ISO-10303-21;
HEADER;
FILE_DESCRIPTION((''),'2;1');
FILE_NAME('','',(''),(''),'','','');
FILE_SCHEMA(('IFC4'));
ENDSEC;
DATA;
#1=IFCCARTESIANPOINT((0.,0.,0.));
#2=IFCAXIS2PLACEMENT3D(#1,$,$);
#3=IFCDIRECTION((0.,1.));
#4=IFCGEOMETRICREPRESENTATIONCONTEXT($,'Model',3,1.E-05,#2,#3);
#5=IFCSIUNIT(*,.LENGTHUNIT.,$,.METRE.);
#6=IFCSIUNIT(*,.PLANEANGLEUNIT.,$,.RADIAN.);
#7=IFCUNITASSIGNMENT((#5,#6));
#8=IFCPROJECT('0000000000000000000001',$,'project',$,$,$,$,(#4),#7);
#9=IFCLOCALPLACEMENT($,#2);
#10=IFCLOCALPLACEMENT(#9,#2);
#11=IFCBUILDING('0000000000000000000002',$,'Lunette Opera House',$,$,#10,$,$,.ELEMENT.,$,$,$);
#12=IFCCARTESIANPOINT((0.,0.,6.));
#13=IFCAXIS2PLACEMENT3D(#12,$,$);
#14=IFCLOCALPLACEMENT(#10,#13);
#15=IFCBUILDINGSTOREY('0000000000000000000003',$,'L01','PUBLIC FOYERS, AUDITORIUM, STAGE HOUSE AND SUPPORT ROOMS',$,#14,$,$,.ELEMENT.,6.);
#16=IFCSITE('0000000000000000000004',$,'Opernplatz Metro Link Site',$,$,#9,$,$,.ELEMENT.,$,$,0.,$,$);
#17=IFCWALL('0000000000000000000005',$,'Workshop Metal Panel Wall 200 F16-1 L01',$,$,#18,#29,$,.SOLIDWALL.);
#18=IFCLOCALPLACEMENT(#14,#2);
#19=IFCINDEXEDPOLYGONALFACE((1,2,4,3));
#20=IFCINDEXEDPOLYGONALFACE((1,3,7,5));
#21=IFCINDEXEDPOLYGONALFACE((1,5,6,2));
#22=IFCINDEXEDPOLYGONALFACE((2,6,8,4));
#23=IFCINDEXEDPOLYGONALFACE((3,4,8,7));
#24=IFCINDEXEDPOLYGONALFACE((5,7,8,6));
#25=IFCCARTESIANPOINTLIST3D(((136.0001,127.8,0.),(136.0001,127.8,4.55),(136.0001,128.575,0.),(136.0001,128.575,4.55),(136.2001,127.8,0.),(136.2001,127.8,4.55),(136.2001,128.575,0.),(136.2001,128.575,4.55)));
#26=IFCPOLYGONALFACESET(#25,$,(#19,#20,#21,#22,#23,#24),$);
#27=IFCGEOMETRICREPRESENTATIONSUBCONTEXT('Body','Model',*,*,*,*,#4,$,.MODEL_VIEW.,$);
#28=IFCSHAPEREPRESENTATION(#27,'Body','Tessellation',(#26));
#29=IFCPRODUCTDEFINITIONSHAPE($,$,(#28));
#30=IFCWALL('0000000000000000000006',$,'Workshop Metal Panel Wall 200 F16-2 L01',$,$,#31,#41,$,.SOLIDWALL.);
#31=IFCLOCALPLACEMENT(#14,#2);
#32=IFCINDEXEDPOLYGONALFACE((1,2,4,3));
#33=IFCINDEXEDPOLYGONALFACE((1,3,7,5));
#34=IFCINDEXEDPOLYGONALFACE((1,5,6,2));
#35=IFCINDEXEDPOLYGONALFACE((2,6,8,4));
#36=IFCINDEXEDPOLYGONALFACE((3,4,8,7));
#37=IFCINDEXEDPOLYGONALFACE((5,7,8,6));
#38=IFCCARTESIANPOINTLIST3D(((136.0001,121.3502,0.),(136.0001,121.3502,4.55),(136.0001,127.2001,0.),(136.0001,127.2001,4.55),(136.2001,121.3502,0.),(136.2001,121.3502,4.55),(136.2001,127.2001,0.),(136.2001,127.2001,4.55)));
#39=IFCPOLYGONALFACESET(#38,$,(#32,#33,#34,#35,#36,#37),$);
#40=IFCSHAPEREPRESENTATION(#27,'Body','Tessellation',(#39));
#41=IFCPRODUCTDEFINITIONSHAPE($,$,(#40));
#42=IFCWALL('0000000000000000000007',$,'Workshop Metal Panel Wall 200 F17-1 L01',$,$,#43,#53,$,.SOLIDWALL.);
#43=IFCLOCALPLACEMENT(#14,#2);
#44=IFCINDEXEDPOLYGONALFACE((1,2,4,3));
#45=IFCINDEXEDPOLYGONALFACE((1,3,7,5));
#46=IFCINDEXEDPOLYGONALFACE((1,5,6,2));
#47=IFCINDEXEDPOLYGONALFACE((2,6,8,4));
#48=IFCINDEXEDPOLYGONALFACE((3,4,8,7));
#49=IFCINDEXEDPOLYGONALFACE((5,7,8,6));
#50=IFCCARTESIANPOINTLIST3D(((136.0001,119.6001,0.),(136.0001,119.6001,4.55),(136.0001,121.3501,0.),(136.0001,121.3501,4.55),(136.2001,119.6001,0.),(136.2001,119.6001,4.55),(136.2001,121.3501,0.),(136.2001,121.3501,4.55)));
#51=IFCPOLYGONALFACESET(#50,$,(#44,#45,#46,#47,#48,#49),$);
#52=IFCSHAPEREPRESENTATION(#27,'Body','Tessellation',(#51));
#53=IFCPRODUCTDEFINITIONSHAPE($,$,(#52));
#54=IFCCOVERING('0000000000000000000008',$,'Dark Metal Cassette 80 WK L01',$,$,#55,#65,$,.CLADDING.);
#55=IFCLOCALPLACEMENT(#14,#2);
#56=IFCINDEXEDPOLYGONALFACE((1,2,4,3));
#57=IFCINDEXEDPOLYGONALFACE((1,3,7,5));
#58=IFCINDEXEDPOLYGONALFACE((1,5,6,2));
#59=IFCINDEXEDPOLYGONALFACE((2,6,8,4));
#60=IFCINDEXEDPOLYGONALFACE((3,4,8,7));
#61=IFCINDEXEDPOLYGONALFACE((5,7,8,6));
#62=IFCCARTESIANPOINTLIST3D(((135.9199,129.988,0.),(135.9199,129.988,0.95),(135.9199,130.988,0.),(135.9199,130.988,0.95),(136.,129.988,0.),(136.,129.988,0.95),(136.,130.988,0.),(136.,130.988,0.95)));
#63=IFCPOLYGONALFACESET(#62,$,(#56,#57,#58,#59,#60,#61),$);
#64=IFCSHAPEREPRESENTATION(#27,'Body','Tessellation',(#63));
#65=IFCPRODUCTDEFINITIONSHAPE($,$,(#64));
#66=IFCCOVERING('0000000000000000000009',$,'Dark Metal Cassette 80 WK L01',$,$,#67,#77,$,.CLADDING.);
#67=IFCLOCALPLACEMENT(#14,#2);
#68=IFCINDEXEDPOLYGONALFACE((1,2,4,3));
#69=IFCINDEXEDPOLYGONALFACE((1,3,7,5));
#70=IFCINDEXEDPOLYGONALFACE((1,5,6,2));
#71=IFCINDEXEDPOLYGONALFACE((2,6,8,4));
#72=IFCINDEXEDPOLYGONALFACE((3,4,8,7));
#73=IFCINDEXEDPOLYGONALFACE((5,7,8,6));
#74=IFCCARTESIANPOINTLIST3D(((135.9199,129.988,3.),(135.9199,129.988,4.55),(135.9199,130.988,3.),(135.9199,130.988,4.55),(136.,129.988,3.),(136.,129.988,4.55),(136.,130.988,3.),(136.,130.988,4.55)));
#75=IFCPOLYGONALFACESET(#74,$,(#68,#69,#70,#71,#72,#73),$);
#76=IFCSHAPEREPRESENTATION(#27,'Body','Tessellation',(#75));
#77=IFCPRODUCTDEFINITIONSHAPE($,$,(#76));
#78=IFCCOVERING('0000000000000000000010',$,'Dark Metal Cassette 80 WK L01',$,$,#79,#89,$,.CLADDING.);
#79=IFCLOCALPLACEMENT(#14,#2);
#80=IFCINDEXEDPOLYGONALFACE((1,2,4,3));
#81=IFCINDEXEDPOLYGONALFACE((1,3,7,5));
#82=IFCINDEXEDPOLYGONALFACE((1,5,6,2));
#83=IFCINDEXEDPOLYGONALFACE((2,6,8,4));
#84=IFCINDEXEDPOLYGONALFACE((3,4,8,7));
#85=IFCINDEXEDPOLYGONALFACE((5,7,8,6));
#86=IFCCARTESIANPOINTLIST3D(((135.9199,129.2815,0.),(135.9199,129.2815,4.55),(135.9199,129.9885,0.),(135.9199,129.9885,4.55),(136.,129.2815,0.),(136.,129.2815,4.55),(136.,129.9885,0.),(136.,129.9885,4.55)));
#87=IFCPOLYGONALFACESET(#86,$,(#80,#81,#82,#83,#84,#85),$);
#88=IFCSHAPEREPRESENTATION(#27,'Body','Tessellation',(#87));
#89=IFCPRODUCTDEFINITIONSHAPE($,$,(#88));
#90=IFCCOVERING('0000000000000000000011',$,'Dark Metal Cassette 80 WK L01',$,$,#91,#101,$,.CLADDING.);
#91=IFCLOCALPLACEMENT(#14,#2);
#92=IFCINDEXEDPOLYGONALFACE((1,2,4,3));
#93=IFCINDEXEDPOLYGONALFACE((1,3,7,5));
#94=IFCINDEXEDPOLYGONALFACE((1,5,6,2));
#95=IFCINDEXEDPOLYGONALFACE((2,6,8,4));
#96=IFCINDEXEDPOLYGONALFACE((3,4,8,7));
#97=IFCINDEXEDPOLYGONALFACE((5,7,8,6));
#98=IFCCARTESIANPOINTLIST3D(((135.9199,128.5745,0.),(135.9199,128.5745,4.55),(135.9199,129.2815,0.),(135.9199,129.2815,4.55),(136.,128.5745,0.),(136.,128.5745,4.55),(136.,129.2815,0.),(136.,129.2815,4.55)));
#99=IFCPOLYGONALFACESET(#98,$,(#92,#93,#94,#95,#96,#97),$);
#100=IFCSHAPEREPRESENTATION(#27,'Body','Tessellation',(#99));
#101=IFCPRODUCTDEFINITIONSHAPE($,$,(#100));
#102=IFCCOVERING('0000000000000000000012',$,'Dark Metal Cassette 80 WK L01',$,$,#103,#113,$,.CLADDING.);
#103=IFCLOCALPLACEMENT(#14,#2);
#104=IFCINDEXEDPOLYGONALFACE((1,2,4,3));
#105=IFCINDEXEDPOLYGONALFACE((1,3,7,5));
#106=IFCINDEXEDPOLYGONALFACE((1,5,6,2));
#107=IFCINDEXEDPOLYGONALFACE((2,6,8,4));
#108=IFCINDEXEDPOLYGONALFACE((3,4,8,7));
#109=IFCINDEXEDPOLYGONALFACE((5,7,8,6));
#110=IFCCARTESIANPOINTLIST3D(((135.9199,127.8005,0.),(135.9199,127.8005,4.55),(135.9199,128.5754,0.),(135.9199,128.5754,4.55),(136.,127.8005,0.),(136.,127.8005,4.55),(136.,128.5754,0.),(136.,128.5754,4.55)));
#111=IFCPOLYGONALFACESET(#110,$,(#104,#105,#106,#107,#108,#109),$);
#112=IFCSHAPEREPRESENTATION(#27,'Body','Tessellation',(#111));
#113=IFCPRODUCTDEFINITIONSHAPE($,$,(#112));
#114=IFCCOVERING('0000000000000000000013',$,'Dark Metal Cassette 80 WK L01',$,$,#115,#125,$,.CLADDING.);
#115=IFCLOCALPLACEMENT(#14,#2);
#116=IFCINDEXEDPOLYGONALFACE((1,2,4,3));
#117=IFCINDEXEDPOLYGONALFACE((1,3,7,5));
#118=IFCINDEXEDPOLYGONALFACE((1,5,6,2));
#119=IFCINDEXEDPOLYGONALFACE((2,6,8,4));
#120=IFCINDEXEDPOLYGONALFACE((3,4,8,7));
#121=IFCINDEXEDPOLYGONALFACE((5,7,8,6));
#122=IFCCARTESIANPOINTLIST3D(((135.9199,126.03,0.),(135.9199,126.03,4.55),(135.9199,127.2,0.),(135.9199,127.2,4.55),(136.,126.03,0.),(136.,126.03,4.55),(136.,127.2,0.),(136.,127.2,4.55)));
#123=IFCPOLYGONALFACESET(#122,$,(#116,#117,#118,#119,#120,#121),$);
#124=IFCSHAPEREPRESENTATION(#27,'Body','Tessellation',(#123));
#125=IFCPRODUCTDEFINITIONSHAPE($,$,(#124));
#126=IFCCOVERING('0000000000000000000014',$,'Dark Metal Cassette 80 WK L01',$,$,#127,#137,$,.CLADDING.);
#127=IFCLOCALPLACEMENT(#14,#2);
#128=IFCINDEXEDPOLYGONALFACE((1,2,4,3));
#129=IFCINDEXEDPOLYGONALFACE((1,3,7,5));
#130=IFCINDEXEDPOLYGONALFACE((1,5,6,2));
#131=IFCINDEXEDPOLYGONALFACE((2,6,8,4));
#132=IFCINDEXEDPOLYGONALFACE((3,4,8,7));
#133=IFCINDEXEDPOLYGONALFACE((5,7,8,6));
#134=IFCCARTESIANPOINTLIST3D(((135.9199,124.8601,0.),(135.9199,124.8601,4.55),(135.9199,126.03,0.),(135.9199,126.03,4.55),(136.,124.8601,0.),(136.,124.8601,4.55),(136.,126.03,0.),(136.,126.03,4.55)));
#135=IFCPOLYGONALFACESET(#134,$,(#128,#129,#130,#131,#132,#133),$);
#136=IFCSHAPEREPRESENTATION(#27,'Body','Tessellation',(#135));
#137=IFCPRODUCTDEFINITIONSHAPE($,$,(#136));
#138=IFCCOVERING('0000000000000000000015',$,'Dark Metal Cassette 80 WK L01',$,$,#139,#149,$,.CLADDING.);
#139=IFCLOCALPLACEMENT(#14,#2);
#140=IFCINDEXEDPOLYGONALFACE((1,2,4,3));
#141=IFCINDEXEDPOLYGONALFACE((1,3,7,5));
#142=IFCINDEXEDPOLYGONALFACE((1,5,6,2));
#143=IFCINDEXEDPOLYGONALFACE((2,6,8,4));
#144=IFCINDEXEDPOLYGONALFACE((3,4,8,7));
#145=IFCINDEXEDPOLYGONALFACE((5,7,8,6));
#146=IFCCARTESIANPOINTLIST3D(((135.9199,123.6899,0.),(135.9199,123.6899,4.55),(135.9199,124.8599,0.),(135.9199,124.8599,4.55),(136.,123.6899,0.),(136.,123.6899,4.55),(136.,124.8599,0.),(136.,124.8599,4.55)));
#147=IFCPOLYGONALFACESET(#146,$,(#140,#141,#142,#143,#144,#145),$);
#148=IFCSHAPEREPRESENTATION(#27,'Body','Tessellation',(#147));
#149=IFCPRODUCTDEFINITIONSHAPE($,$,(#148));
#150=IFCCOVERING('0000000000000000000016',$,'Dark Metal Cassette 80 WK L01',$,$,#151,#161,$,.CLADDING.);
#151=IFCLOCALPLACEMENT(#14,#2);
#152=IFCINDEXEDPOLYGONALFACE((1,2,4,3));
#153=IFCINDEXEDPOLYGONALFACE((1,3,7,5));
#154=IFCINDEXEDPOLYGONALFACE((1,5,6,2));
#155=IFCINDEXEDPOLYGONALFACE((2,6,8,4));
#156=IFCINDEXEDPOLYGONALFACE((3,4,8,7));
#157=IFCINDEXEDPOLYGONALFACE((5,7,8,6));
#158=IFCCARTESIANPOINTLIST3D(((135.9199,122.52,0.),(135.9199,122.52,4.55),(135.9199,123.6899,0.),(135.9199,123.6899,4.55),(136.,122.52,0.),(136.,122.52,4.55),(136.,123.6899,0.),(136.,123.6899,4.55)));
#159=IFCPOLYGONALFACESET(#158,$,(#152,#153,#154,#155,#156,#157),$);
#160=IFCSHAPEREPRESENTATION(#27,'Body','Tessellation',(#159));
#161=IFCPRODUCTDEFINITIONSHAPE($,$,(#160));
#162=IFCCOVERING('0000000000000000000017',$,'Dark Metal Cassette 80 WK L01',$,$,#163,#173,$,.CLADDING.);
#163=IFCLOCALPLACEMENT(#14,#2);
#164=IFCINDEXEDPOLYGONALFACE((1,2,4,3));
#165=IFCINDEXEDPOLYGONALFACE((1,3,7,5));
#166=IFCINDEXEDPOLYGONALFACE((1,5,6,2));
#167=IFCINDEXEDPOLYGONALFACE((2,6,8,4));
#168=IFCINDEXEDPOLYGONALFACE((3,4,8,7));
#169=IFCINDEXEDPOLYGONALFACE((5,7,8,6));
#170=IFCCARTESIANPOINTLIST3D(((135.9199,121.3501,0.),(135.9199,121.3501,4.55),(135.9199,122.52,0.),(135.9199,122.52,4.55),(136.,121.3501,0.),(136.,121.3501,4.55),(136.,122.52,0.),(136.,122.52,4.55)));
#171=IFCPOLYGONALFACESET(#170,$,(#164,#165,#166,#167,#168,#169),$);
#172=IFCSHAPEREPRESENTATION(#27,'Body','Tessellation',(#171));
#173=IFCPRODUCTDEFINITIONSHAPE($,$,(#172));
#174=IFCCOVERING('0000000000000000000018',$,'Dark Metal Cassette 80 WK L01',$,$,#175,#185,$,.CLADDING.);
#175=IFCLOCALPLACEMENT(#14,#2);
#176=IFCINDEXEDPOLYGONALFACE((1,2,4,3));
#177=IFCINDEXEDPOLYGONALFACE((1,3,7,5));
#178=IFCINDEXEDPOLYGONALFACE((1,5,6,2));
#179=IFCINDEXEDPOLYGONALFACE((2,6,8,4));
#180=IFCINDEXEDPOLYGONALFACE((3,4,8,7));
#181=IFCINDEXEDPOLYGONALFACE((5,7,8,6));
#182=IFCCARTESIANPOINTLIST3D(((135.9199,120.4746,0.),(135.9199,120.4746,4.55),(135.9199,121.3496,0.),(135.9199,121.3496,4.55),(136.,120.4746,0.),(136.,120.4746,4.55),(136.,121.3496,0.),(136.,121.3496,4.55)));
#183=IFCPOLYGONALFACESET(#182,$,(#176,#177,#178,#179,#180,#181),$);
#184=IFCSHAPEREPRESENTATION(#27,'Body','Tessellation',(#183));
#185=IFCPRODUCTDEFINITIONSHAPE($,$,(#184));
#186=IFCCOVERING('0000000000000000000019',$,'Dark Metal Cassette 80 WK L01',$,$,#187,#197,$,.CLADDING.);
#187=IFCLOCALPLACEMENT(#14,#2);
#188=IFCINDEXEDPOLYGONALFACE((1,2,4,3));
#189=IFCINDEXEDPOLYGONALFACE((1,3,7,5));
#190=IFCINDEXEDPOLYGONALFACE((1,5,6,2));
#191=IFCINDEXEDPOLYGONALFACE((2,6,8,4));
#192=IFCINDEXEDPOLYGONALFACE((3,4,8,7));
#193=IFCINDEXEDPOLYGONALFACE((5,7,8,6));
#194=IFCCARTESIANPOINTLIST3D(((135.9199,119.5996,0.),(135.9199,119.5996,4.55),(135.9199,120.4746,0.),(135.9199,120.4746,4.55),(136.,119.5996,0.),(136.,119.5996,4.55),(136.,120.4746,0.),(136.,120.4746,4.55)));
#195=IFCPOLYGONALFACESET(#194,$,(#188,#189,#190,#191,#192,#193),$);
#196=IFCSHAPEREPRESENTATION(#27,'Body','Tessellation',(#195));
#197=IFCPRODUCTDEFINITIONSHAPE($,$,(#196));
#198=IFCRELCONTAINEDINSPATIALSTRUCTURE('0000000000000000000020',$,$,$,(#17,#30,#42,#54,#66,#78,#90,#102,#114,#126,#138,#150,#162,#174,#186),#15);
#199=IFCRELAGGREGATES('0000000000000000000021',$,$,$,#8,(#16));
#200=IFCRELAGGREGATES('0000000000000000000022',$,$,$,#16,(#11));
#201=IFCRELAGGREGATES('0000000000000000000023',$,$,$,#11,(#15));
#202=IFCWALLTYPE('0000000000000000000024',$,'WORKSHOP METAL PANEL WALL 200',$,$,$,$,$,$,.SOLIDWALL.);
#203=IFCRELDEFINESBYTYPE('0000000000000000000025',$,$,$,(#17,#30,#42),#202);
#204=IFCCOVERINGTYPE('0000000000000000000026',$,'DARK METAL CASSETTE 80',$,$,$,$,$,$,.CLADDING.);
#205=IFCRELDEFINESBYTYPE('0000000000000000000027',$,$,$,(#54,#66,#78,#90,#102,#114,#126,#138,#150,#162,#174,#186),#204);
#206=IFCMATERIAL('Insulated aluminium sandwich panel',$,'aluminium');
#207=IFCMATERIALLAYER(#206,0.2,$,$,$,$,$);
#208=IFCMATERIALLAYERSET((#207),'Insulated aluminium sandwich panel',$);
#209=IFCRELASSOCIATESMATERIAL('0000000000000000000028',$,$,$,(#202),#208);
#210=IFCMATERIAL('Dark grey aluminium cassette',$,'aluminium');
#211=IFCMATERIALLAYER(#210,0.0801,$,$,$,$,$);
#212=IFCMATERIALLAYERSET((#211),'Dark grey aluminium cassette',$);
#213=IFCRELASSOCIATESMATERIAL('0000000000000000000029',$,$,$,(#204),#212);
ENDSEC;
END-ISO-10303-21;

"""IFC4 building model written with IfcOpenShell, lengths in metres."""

from ifc_helpers import new_model, si_unit, direction, frame, frame_2d, origin, origin_2d, place, context, subcontext, project, spatial, rectangle, extrude, material, layer, layer_set, type_object, element, save


model = new_model("IFC4")

# Units and contexts
model_context = context("Model", 3, precision=1e-05, world=origin(), true_north=direction((0.0, 1.0)))
body_context = subcontext(model_context, "Body", "Model", "MODEL_VIEW")
ifc_project = project(units=[si_unit("LENGTHUNIT", "METRE"), si_unit("PLANEANGLEUNIT", "RADIAN")], contexts=[model_context])

# Site, building, storey
site_placement = place(None, origin())
site = spatial("IfcSite", under=ifc_project, at=site_placement, Name="Opernplatz Metro Link Site", CompositionType="ELEMENT", RefElevation=0.0)
building_placement = place(site_placement, origin())
building = spatial("IfcBuilding", under=site, at=building_placement, Name="Lunette Opera House", CompositionType="ELEMENT")
storey_placement = place(building_placement, frame((0.0, 0.0, 6.0)))
storey = spatial("IfcBuildingStorey", under=building, at=storey_placement, Name="L01", Description="PUBLIC FOYERS, AUDITORIUM, STAGE HOUSE AND SUPPORT ROOMS", CompositionType="ELEMENT", Elevation=6.0)

# Walls
ifc_material_1 = material(Name="Insulated aluminium sandwich panel", Category="aluminium")
ifc_layer_1 = layer(ifc_material_1, 0.2)
ifc_layer_set_1 = layer_set([ifc_layer_1], Name="Insulated aluminium sandwich panel")
wall_type_1 = type_object("IfcWallType", Name="WORKSHOP METAL PANEL WALL 200", PredefinedType="SOLIDWALL", material=ifc_layer_set_1)
wall_1_placement = place(storey_placement, frame((136.1001, 128.575, 0.0), z_axis=(0.0, 0.0, 1.0), x_axis=(0.0, -1.0, 0.0)))
element("IfcWall", 1, at=wall_1_placement, inside=storey, type_object=wall_type_1, Name="Workshop Metal Panel Wall 200 F16-1 L01", PredefinedType="SOLIDWALL", context=body_context, shape_type="SweptSolid", body=[
    extrude(rectangle(XDim=0.7749, YDim=0.2, at=frame_2d((0.3875, 0.0))), origin(), (0.0, 0.0, 1.0), 4.55),
])
wall_2_placement = place(storey_placement, frame((136.1001, 127.2, 0.0), z_axis=(0.0, 0.0, 1.0), x_axis=(0.0, -1.0, 0.0)))
element("IfcWall", 2, at=wall_2_placement, inside=storey, type_object=wall_type_1, Name="Workshop Metal Panel Wall 200 F16-2 L01", PredefinedType="SOLIDWALL", context=body_context, shape_type="SweptSolid", body=[
    extrude(rectangle(XDim=5.8499, YDim=0.2, at=frame_2d((2.9248, 0.0))), origin(), (0.0, 0.0, 1.0), 4.55),
])
wall_3_placement = place(storey_placement, frame((136.1001, 121.3501, 0.0), z_axis=(0.0, 0.0, 1.0), x_axis=(0.0, -1.0, 0.0)))
element("IfcWall", 3, at=wall_3_placement, inside=storey, type_object=wall_type_1, Name="Workshop Metal Panel Wall 200 F17-1 L01", PredefinedType="SOLIDWALL", context=body_context, shape_type="SweptSolid", body=[
    extrude(rectangle(XDim=1.75, YDim=0.2, at=frame_2d((0.875, 0.0))), origin(), (0.0, 0.0, 1.0), 4.55),
])

# Coverings
ifc_material_2 = material(Name="Dark grey aluminium cassette", Category="aluminium")
ifc_layer_2 = layer(ifc_material_2, 0.0801)
ifc_layer_set_2 = layer_set([ifc_layer_2], Name="Dark grey aluminium cassette")
covering_type = type_object("IfcCoveringType", Name="DARK METAL CASSETTE 80", PredefinedType="CLADDING", material=ifc_layer_set_2)
covering_1_placement = place(storey_placement, frame((135.96, 130.488, 0.0), z_axis=(0.0, 0.0, 1.0), x_axis=(0.0, -1.0, 0.0)))
element("IfcCovering", 4, at=covering_1_placement, inside=storey, type_object=covering_type, Name="Dark Metal Cassette 80 WK L01", PredefinedType="CLADDING", context=body_context, shape_type="SweptSolid", body=[
    extrude(rectangle(XDim=1.0, YDim=0.0801, at=origin_2d()), origin(), (0.0, 0.0, 1.0), 0.95),
])
covering_2_placement = place(storey_placement, frame((135.96, 130.488, 3.0), z_axis=(0.0, 0.0, 1.0), x_axis=(0.0, -1.0, 0.0)))
element("IfcCovering", 5, at=covering_2_placement, inside=storey, type_object=covering_type, Name="Dark Metal Cassette 80 WK L01", PredefinedType="CLADDING", context=body_context, shape_type="SweptSolid", body=[
    extrude(rectangle(XDim=1.0, YDim=0.0801, at=origin_2d()), origin(), (0.0, 0.0, 1.0), 1.55),
])
for number, where, z_axis, x_axis, name in (
    (6, (135.96, 129.635, 0.0), (0.0, 0.0, 1.0), (0.0, -1.0, 0.0), "Dark Metal Cassette 80 WK L01"),
    (7, (135.96, 128.928, 0.0), (0.0, 0.0, 1.0), (0.0, -1.0, 0.0), "Dark Metal Cassette 80 WK L01"),
):
    element("IfcCovering", number, at=place(storey_placement, frame(where, z_axis=z_axis, x_axis=x_axis)), inside=storey, type_object=covering_type, Name=name, PredefinedType="CLADDING", context=body_context, shape_type="SweptSolid", body=[
        extrude(rectangle(XDim=0.707, YDim=0.0801, at=origin_2d()), origin(), (0.0, 0.0, 1.0), 4.55),
    ])
covering_3_placement = place(storey_placement, frame((135.96, 128.188, 0.0), z_axis=(0.0, 0.0, 1.0), x_axis=(0.0, -1.0, 0.0)))
element("IfcCovering", 8, at=covering_3_placement, inside=storey, type_object=covering_type, Name="Dark Metal Cassette 80 WK L01", PredefinedType="CLADDING", context=body_context, shape_type="SweptSolid", body=[
    extrude(rectangle(XDim=0.7749, YDim=0.0801, at=origin_2d()), origin(), (0.0, 0.0, 1.0), 4.55),
])
for number, where, z_axis, x_axis, name in (
    (9, (135.96, 126.615, 0.0), (0.0, 0.0, 1.0), (0.0, -1.0, 0.0), "Dark Metal Cassette 80 WK L01"),
    (10, (135.96, 125.4451, 0.0), (0.0, 0.0, 1.0), (0.0, -1.0, 0.0), "Dark Metal Cassette 80 WK L01"),
    (11, (135.96, 124.2749, 0.0), (0.0, 0.0, 1.0), (0.0, -1.0, 0.0), "Dark Metal Cassette 80 WK L01"),
    (12, (135.96, 123.105, 0.0), (0.0, 0.0, 1.0), (0.0, -1.0, 0.0), "Dark Metal Cassette 80 WK L01"),
    (13, (135.96, 121.9351, 0.0), (0.0, 0.0, 1.0), (0.0, -1.0, 0.0), "Dark Metal Cassette 80 WK L01"),
):
    element("IfcCovering", number, at=place(storey_placement, frame(where, z_axis=z_axis, x_axis=x_axis)), inside=storey, type_object=covering_type, Name=name, PredefinedType="CLADDING", context=body_context, shape_type="SweptSolid", body=[
        extrude(rectangle(XDim=1.1699, YDim=0.0801, at=origin_2d()), origin(), (0.0, 0.0, 1.0), 4.55),
    ])
for number, where, z_axis, x_axis, name in (
    (14, (135.96, 120.9121, 0.0), (0.0, 0.0, 1.0), (0.0, -1.0, 0.0), "Dark Metal Cassette 80 WK L01"),
    (15, (135.96, 120.0371, 0.0), (0.0, 0.0, 1.0), (0.0, -1.0, 0.0), "Dark Metal Cassette 80 WK L01"),
):
    element("IfcCovering", number, at=place(storey_placement, frame(where, z_axis=z_axis, x_axis=x_axis)), inside=storey, type_object=covering_type, Name=name, PredefinedType="CLADDING", context=body_context, shape_type="SweptSolid", body=[
        extrude(rectangle(XDim=0.875, YDim=0.0801, at=origin_2d()), origin(), (0.0, 0.0, 1.0), 4.55),
    ])

save(model, "model.ifc")
